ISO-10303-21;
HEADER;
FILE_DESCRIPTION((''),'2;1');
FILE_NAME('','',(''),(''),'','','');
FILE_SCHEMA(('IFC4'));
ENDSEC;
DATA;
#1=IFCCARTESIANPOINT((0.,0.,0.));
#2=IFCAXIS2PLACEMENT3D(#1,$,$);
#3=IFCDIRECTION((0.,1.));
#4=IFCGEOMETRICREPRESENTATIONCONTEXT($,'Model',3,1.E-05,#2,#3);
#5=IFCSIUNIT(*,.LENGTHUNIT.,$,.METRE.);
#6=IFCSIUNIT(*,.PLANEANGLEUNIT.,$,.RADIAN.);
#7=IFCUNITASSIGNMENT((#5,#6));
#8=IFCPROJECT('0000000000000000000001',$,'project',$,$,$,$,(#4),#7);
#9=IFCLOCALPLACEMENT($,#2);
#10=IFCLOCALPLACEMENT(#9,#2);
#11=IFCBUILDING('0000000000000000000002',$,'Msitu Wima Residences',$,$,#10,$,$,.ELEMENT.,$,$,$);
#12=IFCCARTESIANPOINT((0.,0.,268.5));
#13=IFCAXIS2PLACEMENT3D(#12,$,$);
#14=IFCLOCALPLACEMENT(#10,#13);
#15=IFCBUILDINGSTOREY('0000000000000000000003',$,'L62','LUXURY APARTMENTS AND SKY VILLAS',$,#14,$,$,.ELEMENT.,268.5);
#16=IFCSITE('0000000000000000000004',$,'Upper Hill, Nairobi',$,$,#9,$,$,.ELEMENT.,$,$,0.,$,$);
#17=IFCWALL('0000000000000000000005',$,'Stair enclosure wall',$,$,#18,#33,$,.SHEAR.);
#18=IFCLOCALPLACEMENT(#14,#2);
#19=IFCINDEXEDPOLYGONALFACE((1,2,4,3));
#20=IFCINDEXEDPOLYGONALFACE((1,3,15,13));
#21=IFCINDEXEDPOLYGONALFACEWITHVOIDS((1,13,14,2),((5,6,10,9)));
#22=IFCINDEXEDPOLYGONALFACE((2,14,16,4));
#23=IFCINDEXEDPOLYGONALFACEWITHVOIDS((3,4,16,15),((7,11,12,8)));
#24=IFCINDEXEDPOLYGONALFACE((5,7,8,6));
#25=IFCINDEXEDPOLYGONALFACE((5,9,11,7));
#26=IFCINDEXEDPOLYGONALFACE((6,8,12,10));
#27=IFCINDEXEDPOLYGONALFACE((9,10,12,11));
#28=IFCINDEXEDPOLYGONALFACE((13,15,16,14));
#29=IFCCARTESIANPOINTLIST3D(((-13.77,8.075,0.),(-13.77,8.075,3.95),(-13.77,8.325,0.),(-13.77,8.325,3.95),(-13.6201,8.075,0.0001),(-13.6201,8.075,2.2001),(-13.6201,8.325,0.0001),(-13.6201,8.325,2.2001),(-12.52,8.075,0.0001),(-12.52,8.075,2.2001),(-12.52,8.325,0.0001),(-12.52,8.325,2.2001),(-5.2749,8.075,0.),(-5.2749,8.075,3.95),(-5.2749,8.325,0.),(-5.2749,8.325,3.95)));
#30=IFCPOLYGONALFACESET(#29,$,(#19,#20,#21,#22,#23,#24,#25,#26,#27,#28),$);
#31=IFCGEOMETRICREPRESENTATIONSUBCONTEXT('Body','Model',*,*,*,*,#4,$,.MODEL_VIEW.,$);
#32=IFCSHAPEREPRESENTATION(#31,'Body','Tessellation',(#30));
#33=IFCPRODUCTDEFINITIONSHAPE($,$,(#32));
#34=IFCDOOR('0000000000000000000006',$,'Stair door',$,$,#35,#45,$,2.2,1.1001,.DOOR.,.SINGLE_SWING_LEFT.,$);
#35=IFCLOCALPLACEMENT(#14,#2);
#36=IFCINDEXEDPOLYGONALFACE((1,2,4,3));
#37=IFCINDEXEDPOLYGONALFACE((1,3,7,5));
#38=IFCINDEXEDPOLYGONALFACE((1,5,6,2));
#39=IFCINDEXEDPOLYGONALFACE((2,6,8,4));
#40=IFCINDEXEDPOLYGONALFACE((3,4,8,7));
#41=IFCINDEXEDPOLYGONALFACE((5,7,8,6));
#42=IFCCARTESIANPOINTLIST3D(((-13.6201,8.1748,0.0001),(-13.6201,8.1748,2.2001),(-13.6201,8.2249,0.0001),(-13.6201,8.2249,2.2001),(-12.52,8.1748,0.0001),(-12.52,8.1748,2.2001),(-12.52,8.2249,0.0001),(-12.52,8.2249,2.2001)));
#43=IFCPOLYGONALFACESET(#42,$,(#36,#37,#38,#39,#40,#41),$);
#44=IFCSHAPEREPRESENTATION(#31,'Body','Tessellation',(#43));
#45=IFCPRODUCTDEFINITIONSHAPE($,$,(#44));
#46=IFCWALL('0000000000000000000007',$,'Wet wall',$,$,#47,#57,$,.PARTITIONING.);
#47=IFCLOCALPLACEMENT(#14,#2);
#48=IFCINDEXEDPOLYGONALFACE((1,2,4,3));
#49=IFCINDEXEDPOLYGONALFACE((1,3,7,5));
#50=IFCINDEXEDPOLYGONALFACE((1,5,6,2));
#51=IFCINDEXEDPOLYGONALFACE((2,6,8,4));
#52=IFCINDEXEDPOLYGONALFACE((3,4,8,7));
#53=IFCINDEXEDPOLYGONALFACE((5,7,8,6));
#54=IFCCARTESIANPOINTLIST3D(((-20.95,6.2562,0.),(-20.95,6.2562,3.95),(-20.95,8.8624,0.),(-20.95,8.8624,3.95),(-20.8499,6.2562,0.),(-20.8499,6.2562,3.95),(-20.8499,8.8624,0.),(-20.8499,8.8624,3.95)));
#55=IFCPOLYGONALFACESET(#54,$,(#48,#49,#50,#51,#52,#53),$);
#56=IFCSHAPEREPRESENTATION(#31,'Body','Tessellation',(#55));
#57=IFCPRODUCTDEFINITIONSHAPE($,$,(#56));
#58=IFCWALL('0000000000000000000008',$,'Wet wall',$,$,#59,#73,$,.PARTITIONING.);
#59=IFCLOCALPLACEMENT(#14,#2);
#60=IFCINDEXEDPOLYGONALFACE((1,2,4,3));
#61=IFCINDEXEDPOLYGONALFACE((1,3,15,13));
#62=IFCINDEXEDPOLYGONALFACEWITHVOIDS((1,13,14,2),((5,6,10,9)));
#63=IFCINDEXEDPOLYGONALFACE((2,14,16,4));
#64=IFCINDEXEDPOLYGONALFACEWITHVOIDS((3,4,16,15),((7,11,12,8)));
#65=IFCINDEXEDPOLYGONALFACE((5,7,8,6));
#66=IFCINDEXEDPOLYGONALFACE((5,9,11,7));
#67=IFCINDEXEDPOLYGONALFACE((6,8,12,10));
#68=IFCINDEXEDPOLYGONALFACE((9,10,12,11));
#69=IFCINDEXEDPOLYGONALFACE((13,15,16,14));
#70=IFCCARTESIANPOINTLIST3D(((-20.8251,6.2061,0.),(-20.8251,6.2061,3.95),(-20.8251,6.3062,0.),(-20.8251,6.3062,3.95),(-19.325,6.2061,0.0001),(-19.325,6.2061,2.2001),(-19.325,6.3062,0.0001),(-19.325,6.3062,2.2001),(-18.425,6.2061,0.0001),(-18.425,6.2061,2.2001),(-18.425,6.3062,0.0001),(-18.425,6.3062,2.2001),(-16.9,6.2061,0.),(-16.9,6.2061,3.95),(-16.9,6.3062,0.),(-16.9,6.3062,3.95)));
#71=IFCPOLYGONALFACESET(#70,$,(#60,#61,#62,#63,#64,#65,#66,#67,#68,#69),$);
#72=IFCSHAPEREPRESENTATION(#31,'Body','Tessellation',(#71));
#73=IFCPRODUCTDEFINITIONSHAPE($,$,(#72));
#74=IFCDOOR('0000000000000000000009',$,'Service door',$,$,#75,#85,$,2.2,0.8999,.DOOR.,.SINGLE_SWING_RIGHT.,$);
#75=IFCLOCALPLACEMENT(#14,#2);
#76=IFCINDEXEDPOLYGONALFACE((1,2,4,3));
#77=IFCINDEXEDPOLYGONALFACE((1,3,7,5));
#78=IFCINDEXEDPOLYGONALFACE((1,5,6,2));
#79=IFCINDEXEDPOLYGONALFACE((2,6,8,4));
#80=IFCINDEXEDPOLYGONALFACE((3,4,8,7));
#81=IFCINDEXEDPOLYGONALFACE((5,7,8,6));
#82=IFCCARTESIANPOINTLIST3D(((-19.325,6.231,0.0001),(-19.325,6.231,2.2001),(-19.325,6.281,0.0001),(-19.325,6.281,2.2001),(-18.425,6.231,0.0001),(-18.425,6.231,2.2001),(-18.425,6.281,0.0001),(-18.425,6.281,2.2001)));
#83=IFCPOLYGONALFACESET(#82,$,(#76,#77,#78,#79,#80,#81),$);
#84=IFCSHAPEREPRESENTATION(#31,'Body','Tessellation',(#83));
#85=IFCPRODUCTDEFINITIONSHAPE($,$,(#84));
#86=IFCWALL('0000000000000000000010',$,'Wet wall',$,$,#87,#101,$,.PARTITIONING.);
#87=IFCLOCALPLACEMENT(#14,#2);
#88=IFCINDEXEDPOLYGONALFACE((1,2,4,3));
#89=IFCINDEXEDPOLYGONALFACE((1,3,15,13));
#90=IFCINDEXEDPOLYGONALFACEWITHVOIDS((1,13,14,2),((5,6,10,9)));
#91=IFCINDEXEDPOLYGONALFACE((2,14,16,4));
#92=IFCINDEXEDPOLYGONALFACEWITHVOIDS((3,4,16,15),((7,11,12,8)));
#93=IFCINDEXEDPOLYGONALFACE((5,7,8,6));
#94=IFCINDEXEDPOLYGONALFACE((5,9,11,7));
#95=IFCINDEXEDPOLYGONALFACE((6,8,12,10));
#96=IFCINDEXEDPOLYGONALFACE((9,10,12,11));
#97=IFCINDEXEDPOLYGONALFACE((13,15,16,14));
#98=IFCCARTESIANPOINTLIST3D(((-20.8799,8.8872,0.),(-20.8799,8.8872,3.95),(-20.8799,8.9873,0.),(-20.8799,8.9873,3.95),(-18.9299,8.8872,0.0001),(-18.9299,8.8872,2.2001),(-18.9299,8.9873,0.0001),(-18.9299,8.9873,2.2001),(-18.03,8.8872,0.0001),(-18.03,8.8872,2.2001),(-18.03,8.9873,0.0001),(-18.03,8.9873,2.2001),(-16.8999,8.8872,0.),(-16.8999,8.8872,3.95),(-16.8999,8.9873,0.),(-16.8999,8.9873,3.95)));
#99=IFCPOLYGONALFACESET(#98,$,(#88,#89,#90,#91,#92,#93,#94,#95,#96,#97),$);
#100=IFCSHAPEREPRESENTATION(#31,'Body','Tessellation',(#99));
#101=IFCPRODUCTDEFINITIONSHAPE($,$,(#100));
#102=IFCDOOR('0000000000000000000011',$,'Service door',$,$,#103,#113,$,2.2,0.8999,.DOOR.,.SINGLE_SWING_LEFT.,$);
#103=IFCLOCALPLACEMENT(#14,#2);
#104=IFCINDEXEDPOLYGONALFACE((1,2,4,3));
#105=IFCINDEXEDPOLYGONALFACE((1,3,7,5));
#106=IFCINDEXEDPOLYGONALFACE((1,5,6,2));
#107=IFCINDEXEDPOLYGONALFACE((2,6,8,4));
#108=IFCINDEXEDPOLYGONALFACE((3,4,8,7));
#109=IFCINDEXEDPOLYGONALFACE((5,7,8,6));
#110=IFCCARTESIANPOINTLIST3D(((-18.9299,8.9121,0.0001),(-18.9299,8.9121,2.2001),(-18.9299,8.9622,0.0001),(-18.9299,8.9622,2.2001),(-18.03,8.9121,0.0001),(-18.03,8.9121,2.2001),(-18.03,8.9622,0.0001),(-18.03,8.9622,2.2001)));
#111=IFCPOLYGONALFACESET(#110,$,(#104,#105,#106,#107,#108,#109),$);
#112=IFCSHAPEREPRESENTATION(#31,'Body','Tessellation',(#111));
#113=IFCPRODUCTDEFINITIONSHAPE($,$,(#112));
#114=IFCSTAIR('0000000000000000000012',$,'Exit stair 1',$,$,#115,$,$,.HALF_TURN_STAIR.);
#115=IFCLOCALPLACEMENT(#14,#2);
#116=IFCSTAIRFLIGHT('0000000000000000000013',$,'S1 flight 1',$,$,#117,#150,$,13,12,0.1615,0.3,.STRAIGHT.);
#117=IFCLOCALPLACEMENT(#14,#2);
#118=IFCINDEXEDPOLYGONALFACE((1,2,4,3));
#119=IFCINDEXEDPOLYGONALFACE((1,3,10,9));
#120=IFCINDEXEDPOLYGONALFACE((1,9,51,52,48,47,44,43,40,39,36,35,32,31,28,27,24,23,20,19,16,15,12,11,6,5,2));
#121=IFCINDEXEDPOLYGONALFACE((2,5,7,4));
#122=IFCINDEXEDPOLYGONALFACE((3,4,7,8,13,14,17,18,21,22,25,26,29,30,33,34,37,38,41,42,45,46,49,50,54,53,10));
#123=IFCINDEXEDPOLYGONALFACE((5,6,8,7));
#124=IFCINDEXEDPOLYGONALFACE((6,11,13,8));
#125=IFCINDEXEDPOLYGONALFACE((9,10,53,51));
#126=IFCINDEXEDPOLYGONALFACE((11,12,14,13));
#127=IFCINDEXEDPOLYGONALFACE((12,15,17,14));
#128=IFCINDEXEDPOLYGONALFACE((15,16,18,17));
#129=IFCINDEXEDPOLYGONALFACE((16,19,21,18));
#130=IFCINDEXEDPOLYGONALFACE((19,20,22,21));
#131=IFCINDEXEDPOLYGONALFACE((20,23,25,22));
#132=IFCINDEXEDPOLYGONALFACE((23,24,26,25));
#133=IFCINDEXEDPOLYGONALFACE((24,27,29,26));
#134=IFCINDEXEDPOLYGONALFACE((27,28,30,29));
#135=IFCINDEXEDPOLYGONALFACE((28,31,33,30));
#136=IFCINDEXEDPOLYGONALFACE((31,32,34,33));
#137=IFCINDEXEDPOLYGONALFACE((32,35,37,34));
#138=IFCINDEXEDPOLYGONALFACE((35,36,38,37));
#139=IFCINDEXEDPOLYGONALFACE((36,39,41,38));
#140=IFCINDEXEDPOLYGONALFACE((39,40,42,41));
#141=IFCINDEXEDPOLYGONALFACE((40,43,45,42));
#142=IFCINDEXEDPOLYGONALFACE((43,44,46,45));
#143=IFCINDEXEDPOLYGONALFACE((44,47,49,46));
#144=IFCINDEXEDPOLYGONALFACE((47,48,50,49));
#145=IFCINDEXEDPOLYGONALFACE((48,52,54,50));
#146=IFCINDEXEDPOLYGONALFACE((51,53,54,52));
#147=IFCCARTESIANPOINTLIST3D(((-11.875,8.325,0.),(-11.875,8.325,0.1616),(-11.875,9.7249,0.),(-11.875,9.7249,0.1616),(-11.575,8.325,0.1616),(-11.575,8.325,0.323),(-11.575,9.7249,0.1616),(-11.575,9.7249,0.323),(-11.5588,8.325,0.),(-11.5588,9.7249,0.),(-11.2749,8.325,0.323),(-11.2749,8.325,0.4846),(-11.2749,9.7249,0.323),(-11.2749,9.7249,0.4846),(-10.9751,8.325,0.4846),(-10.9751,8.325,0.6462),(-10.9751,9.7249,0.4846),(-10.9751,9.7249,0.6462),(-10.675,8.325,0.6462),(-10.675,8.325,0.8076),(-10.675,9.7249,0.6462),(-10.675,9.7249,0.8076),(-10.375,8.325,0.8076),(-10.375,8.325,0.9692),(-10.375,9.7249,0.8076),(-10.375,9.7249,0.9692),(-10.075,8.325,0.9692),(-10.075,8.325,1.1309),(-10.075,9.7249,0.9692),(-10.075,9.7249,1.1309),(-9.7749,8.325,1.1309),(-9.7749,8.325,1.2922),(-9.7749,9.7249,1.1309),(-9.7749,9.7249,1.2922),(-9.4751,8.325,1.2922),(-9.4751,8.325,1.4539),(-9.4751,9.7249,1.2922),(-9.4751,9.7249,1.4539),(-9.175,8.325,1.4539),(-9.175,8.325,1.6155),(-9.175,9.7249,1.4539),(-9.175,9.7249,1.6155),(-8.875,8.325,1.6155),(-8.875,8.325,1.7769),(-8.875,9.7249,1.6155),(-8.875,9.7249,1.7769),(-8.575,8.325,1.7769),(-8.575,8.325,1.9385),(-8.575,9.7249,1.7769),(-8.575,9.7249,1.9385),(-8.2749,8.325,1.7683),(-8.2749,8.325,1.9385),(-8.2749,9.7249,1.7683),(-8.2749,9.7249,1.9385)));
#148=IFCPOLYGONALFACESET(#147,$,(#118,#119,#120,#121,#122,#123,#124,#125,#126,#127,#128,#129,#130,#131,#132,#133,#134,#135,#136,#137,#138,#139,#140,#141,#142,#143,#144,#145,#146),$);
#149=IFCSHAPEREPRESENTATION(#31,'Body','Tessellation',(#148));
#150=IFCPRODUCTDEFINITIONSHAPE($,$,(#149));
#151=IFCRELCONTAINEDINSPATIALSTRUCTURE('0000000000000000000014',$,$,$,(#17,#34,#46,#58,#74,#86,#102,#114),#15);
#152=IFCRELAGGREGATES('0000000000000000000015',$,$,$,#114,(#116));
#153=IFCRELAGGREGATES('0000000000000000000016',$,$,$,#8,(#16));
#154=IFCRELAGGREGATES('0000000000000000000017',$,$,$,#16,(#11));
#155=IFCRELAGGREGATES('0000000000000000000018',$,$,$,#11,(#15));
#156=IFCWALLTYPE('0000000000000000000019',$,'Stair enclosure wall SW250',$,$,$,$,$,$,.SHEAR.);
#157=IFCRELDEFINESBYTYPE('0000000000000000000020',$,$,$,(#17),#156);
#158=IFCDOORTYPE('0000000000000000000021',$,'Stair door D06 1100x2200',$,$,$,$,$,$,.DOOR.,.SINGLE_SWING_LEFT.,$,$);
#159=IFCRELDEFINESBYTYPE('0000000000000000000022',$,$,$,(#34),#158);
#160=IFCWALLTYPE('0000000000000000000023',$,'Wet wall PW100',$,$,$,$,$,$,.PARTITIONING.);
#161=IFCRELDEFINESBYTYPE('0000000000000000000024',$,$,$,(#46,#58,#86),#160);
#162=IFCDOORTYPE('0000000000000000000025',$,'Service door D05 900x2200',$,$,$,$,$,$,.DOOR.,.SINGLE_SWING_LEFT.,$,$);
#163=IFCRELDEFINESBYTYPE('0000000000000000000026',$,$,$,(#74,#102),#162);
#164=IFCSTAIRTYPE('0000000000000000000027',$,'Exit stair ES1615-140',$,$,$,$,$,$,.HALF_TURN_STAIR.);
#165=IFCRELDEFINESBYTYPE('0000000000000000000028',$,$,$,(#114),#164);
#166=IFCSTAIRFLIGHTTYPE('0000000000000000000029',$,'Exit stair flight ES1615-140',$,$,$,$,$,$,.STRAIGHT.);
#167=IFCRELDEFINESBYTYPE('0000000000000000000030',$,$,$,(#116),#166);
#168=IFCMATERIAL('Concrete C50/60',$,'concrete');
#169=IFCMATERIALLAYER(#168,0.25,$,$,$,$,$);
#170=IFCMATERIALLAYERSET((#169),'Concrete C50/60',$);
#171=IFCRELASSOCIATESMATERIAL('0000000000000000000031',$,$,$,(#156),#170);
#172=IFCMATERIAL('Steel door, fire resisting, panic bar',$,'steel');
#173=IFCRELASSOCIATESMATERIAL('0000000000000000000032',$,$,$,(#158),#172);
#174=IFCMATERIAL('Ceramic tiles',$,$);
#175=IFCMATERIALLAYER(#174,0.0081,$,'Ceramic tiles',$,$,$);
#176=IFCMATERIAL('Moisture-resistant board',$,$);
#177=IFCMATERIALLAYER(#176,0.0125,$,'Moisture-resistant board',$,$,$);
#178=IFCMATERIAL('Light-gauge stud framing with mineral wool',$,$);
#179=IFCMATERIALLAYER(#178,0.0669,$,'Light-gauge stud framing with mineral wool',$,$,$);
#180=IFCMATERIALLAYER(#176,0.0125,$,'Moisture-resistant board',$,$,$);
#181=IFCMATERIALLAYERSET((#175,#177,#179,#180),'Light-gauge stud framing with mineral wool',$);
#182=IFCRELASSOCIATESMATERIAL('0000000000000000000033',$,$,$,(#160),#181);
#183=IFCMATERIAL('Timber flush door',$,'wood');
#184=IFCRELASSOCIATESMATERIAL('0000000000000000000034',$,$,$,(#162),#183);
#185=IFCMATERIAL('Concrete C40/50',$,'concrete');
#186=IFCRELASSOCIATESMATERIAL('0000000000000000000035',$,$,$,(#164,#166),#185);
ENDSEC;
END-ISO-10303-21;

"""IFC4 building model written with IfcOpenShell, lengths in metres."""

from ifc_helpers import new_model, si_unit, direction, frame, frame_2d, origin, place, context, subcontext, project, spatial, polyline, rectangle, outline, extrude, material, layer, layer_set, type_object, element, fill, aggregate, save


model = new_model("IFC4")

# Units and contexts
model_context = context("Model", 3, precision=1e-05, world=origin(), true_north=direction((0.0, 1.0)))
body_context = subcontext(model_context, "Body", "Model", "MODEL_VIEW")
ifc_project = project(units=[si_unit("LENGTHUNIT", "METRE"), si_unit("PLANEANGLEUNIT", "RADIAN")], contexts=[model_context])

# Site, building, storey
site_placement = place(None, origin())
site = spatial("IfcSite", under=ifc_project, at=site_placement, Name="Upper Hill, Nairobi", CompositionType="ELEMENT", RefElevation=0.0)
building_placement = place(site_placement, origin())
building = spatial("IfcBuilding", under=site, at=building_placement, Name="Msitu Wima Residences", CompositionType="ELEMENT")
storey_placement = place(building_placement, frame((0.0, 0.0, 268.5)))
storey = spatial("IfcBuildingStorey", under=building, at=storey_placement, Name="L62", Description="LUXURY APARTMENTS AND SKY VILLAS", CompositionType="ELEMENT", Elevation=268.5)

# Shared definitions
ifc_material_1 = material(Name="Concrete C50/60", Category="concrete")

# Shared definitions
ifc_material_2 = material(Name="Timber flush door", Category="wood")

# Shared definitions
ifc_material_3 = material(Name="Light-gauge stud framing with mineral wool")

# Wall, opening, door
ifc_layer_1 = layer(ifc_material_1, 0.25)
ifc_layer_set_1 = layer_set([ifc_layer_1], Name="Concrete C50/60")
wall_type_1 = type_object("IfcWallType", Name="Stair enclosure wall SW250", PredefinedType="SHEAR", material=ifc_layer_set_1)
wall_1_placement = place(storey_placement, frame((-13.77, 8.2, 0.0), z_axis=(0.0, 0.0, 1.0), x_axis=(1.0, 0.0, 0.0)))
wall_1 = element("IfcWall", 1, at=wall_1_placement, inside=storey, type_object=wall_type_1, Name="Stair enclosure wall", PredefinedType="SHEAR", context=body_context, shape_type="SweptSolid", body=[
    extrude(rectangle(XDim=8.4951, YDim=0.25, at=frame_2d((4.2476, 0.0))), origin(), (0.0, 0.0, 1.0), 3.95),
])
opening_1_placement = place(wall_1_placement, frame((0.1499, 0.0, 0.0)))
opening_1 = element("IfcOpeningElement", 2, at=opening_1_placement, cuts=wall_1, PredefinedType="OPENING", context=body_context, shape_type="SweptSolid", body=[
    extrude(rectangle(XDim=1.1001, YDim=2.2, at=frame_2d((0.55, 1.1001))), frame((0.0, 0.135, 0.0), z_axis=(0.0, -1.0, 0.0), x_axis=(1.0, 0.0, 0.0)), (0.0, 0.0, 1.0), 0.27),
])
ifc_material_4 = material(Name="Steel door, fire resisting, panic bar", Category="steel")
door_type_1 = type_object("IfcDoorType", Name="Stair door D06 1100x2200", OperationType="SINGLE_SWING_LEFT", PredefinedType="DOOR", material=ifc_material_4)
door_1_placement = place(opening_1_placement, origin())
door_1 = element("IfcDoor", 3, at=door_1_placement, inside=storey, type_object=door_type_1, Name="Stair door", OperationType="SINGLE_SWING_LEFT", OverallHeight=2.2, OverallWidth=1.1001, PredefinedType="DOOR", context=body_context, shape_type="SweptSolid", body=[
    extrude(rectangle(XDim=1.1001, YDim=2.2, at=frame_2d((0.55, 1.1001))), frame((0.0, 0.0249, 0.0), z_axis=(0.0, -1.0, 0.0), x_axis=(1.0, 0.0, 0.0)), (0.0, 0.0, 1.0), 0.05),
])
fill(opening_1, door_1)

# Wall
ifc_material_5 = material(Name="Ceramic tiles")
ifc_layer_2 = layer(ifc_material_5, 0.0081, Name="Ceramic tiles")
ifc_material_6 = material(Name="Moisture-resistant board")
ifc_layer_3 = layer(ifc_material_6, 0.0125, Name="Moisture-resistant board")
ifc_layer_4 = layer(ifc_material_3, 0.0669, Name="Light-gauge stud framing with mineral wool")
ifc_layer_5 = layer(ifc_material_6, 0.0125, Name="Moisture-resistant board")
ifc_layer_set_2 = layer_set([ifc_layer_2, ifc_layer_3, ifc_layer_4, ifc_layer_5], Name="Light-gauge stud framing with mineral wool")
wall_type_2 = type_object("IfcWallType", Name="Wet wall PW100", PredefinedType="PARTITIONING", material=ifc_layer_set_2)
wall_2_placement = place(storey_placement, frame((-20.8999, 6.2561, 0.0), z_axis=(0.0, 0.0, 1.0), x_axis=(0.0, 1.0, 0.0)))
element("IfcWall", 4, at=wall_2_placement, inside=storey, type_object=wall_type_2, Name="Wet wall", PredefinedType="PARTITIONING", context=body_context, shape_type="SweptSolid", body=[
    extrude(rectangle(XDim=2.6062, YDim=0.1001, at=frame_2d((1.3032, 0.0))), origin(), (0.0, 0.0, 1.0), 3.95),
])

# Walls, openings, doors
wall_3_placement = place(storey_placement, frame((-20.825, 6.2561, 0.0), z_axis=(0.0, 0.0, 1.0), x_axis=(1.0, 0.0, 0.0)))
wall_3 = element("IfcWall", 5, at=wall_3_placement, inside=storey, type_object=wall_type_2, Name="Wet wall", PredefinedType="PARTITIONING", context=body_context, shape_type="SweptSolid", body=[
    extrude(rectangle(XDim=3.925, YDim=0.1001, at=frame_2d((1.9624, 0.0))), origin(), (0.0, 0.0, 1.0), 3.95),
])
opening_2_placement = place(wall_3_placement, frame((1.5, 0.0, 0.0)))
opening_2 = element("IfcOpeningElement", 6, at=opening_2_placement, cuts=wall_3, PredefinedType="OPENING", context=body_context, shape_type="SweptSolid", body=[
    extrude(rectangle(XDim=0.8999, YDim=2.2, at=frame_2d((0.45, 1.1001))), frame((0.0, 0.0601, 0.0), z_axis=(0.0, -1.0, 0.0), x_axis=(1.0, 0.0, 0.0)), (0.0, 0.0, 1.0), 0.1201),
])
door_type_2 = type_object("IfcDoorType", Name="Service door D05 900x2200", OperationType="SINGLE_SWING_LEFT", PredefinedType="DOOR", material=ifc_material_2)
door_2_placement = place(opening_2_placement, origin())
door_2 = element("IfcDoor", 7, at=door_2_placement, inside=storey, type_object=door_type_2, Name="Service door", OperationType="SINGLE_SWING_RIGHT", OverallHeight=2.2, OverallWidth=0.8999, PredefinedType="DOOR", context=body_context, shape_type="SweptSolid", body=[
    extrude(rectangle(XDim=0.8999, YDim=2.2, at=frame_2d((0.45, 1.1001))), frame((0.0, 0.0249, 0.0), z_axis=(0.0, -1.0, 0.0), x_axis=(1.0, 0.0, 0.0)), (0.0, 0.0, 1.0), 0.05),
])
fill(opening_2, door_2)
wall_4_placement = place(storey_placement, frame((-20.8799, 8.9373, 0.0), z_axis=(0.0, 0.0, 1.0), x_axis=(1.0, 0.0, 0.0)))
wall_4 = element("IfcWall", 8, at=wall_4_placement, inside=storey, type_object=wall_type_2, Name="Wet wall", PredefinedType="PARTITIONING", context=body_context, shape_type="SweptSolid", body=[
    extrude(rectangle(XDim=3.98, YDim=0.1001, at=frame_2d((1.99, 0.0))), origin(), (0.0, 0.0, 1.0), 3.95),
])
opening_3_placement = place(wall_4_placement, frame((1.95, 0.0, 0.0)))
opening_3 = element("IfcOpeningElement", 9, at=opening_3_placement, cuts=wall_4, PredefinedType="OPENING", context=body_context, shape_type="SweptSolid", body=[
    extrude(rectangle(XDim=0.8999, YDim=2.2, at=frame_2d((0.45, 1.1001))), frame((0.0, 0.0601, 0.0), z_axis=(0.0, -1.0, 0.0), x_axis=(1.0, 0.0, 0.0)), (0.0, 0.0, 1.0), 0.1201),
])
door_3_placement = place(opening_3_placement, origin())
door_3 = element("IfcDoor", 10, at=door_3_placement, inside=storey, type_object=door_type_2, Name="Service door", OperationType="SINGLE_SWING_LEFT", OverallHeight=2.2, OverallWidth=0.8999, PredefinedType="DOOR", context=body_context, shape_type="SweptSolid", body=[
    extrude(rectangle(XDim=0.8999, YDim=2.2, at=frame_2d((0.45, 1.1001))), frame((0.0, 0.0249, 0.0), z_axis=(0.0, -1.0, 0.0), x_axis=(1.0, 0.0, 0.0)), (0.0, 0.0, 1.0), 0.05),
])
fill(opening_3, door_3)

# Stair, stair flight
ifc_material_7 = material(Name="Concrete C40/50", Category="concrete")
stair_type = type_object("IfcStairType", Name="Exit stair ES1615-140", PredefinedType="HALF_TURN_STAIR", material=ifc_material_7)
stair_placement = place(storey_placement, origin())
stair = element("IfcStair", 11, at=stair_placement, inside=storey, type_object=stair_type, Name="Exit stair 1", PredefinedType="HALF_TURN_STAIR")
stair_flight_type = type_object("IfcStairFlightType", Name="Exit stair flight ES1615-140", PredefinedType="STRAIGHT", material=ifc_material_7)
stair_flight_placement = place(storey_placement, frame((-11.875, 9.0249, 0.0), z_axis=(0.0, 0.0, 1.0), x_axis=(1.0, 0.0, 0.0)))
stair_flight = element("IfcStairFlight", 12, at=stair_flight_placement, type_object=stair_flight_type, Name="S1 flight 1", NumberOfRisers=13, NumberOfTreads=12, PredefinedType="STRAIGHT", RiserHeight=0.1615, TreadLength=0.3, context=body_context, shape_type="SweptSolid", body=[
    extrude(outline(polyline([(0.0, 0.0), (0.0, 0.1616), (0.3, 0.1616), (0.3, 0.323), (0.6001, 0.323), (0.6001, 0.4846), (0.8999, 0.4846), (0.8999, 0.6462), (1.2, 0.6462), (1.2, 0.8076), (1.5, 0.8076), (1.5, 0.9692), (1.8, 0.9692), (1.8, 1.1309), (2.1001, 1.1309), (2.1001, 1.2922), (2.3999, 1.2922), (2.3999, 1.4539), (2.7, 1.4539), (2.7, 1.6155), (3.0, 1.6155), (3.0, 1.7769), (3.3, 1.7769), (3.3, 1.9385), (3.6001, 1.9385), (3.6001, 2.1001), (3.6001, 1.7683), (0.3162, 0.0), (0.0, 0.0)])), frame((0.0, 0.7, 0.0), z_axis=(0.0, -1.0, 0.0), x_axis=(1.0, 0.0, 0.0)), (0.0, 0.0, 1.0), 1.3999),
])
aggregate(stair, [stair_flight])

save(model, "model.ifc")
